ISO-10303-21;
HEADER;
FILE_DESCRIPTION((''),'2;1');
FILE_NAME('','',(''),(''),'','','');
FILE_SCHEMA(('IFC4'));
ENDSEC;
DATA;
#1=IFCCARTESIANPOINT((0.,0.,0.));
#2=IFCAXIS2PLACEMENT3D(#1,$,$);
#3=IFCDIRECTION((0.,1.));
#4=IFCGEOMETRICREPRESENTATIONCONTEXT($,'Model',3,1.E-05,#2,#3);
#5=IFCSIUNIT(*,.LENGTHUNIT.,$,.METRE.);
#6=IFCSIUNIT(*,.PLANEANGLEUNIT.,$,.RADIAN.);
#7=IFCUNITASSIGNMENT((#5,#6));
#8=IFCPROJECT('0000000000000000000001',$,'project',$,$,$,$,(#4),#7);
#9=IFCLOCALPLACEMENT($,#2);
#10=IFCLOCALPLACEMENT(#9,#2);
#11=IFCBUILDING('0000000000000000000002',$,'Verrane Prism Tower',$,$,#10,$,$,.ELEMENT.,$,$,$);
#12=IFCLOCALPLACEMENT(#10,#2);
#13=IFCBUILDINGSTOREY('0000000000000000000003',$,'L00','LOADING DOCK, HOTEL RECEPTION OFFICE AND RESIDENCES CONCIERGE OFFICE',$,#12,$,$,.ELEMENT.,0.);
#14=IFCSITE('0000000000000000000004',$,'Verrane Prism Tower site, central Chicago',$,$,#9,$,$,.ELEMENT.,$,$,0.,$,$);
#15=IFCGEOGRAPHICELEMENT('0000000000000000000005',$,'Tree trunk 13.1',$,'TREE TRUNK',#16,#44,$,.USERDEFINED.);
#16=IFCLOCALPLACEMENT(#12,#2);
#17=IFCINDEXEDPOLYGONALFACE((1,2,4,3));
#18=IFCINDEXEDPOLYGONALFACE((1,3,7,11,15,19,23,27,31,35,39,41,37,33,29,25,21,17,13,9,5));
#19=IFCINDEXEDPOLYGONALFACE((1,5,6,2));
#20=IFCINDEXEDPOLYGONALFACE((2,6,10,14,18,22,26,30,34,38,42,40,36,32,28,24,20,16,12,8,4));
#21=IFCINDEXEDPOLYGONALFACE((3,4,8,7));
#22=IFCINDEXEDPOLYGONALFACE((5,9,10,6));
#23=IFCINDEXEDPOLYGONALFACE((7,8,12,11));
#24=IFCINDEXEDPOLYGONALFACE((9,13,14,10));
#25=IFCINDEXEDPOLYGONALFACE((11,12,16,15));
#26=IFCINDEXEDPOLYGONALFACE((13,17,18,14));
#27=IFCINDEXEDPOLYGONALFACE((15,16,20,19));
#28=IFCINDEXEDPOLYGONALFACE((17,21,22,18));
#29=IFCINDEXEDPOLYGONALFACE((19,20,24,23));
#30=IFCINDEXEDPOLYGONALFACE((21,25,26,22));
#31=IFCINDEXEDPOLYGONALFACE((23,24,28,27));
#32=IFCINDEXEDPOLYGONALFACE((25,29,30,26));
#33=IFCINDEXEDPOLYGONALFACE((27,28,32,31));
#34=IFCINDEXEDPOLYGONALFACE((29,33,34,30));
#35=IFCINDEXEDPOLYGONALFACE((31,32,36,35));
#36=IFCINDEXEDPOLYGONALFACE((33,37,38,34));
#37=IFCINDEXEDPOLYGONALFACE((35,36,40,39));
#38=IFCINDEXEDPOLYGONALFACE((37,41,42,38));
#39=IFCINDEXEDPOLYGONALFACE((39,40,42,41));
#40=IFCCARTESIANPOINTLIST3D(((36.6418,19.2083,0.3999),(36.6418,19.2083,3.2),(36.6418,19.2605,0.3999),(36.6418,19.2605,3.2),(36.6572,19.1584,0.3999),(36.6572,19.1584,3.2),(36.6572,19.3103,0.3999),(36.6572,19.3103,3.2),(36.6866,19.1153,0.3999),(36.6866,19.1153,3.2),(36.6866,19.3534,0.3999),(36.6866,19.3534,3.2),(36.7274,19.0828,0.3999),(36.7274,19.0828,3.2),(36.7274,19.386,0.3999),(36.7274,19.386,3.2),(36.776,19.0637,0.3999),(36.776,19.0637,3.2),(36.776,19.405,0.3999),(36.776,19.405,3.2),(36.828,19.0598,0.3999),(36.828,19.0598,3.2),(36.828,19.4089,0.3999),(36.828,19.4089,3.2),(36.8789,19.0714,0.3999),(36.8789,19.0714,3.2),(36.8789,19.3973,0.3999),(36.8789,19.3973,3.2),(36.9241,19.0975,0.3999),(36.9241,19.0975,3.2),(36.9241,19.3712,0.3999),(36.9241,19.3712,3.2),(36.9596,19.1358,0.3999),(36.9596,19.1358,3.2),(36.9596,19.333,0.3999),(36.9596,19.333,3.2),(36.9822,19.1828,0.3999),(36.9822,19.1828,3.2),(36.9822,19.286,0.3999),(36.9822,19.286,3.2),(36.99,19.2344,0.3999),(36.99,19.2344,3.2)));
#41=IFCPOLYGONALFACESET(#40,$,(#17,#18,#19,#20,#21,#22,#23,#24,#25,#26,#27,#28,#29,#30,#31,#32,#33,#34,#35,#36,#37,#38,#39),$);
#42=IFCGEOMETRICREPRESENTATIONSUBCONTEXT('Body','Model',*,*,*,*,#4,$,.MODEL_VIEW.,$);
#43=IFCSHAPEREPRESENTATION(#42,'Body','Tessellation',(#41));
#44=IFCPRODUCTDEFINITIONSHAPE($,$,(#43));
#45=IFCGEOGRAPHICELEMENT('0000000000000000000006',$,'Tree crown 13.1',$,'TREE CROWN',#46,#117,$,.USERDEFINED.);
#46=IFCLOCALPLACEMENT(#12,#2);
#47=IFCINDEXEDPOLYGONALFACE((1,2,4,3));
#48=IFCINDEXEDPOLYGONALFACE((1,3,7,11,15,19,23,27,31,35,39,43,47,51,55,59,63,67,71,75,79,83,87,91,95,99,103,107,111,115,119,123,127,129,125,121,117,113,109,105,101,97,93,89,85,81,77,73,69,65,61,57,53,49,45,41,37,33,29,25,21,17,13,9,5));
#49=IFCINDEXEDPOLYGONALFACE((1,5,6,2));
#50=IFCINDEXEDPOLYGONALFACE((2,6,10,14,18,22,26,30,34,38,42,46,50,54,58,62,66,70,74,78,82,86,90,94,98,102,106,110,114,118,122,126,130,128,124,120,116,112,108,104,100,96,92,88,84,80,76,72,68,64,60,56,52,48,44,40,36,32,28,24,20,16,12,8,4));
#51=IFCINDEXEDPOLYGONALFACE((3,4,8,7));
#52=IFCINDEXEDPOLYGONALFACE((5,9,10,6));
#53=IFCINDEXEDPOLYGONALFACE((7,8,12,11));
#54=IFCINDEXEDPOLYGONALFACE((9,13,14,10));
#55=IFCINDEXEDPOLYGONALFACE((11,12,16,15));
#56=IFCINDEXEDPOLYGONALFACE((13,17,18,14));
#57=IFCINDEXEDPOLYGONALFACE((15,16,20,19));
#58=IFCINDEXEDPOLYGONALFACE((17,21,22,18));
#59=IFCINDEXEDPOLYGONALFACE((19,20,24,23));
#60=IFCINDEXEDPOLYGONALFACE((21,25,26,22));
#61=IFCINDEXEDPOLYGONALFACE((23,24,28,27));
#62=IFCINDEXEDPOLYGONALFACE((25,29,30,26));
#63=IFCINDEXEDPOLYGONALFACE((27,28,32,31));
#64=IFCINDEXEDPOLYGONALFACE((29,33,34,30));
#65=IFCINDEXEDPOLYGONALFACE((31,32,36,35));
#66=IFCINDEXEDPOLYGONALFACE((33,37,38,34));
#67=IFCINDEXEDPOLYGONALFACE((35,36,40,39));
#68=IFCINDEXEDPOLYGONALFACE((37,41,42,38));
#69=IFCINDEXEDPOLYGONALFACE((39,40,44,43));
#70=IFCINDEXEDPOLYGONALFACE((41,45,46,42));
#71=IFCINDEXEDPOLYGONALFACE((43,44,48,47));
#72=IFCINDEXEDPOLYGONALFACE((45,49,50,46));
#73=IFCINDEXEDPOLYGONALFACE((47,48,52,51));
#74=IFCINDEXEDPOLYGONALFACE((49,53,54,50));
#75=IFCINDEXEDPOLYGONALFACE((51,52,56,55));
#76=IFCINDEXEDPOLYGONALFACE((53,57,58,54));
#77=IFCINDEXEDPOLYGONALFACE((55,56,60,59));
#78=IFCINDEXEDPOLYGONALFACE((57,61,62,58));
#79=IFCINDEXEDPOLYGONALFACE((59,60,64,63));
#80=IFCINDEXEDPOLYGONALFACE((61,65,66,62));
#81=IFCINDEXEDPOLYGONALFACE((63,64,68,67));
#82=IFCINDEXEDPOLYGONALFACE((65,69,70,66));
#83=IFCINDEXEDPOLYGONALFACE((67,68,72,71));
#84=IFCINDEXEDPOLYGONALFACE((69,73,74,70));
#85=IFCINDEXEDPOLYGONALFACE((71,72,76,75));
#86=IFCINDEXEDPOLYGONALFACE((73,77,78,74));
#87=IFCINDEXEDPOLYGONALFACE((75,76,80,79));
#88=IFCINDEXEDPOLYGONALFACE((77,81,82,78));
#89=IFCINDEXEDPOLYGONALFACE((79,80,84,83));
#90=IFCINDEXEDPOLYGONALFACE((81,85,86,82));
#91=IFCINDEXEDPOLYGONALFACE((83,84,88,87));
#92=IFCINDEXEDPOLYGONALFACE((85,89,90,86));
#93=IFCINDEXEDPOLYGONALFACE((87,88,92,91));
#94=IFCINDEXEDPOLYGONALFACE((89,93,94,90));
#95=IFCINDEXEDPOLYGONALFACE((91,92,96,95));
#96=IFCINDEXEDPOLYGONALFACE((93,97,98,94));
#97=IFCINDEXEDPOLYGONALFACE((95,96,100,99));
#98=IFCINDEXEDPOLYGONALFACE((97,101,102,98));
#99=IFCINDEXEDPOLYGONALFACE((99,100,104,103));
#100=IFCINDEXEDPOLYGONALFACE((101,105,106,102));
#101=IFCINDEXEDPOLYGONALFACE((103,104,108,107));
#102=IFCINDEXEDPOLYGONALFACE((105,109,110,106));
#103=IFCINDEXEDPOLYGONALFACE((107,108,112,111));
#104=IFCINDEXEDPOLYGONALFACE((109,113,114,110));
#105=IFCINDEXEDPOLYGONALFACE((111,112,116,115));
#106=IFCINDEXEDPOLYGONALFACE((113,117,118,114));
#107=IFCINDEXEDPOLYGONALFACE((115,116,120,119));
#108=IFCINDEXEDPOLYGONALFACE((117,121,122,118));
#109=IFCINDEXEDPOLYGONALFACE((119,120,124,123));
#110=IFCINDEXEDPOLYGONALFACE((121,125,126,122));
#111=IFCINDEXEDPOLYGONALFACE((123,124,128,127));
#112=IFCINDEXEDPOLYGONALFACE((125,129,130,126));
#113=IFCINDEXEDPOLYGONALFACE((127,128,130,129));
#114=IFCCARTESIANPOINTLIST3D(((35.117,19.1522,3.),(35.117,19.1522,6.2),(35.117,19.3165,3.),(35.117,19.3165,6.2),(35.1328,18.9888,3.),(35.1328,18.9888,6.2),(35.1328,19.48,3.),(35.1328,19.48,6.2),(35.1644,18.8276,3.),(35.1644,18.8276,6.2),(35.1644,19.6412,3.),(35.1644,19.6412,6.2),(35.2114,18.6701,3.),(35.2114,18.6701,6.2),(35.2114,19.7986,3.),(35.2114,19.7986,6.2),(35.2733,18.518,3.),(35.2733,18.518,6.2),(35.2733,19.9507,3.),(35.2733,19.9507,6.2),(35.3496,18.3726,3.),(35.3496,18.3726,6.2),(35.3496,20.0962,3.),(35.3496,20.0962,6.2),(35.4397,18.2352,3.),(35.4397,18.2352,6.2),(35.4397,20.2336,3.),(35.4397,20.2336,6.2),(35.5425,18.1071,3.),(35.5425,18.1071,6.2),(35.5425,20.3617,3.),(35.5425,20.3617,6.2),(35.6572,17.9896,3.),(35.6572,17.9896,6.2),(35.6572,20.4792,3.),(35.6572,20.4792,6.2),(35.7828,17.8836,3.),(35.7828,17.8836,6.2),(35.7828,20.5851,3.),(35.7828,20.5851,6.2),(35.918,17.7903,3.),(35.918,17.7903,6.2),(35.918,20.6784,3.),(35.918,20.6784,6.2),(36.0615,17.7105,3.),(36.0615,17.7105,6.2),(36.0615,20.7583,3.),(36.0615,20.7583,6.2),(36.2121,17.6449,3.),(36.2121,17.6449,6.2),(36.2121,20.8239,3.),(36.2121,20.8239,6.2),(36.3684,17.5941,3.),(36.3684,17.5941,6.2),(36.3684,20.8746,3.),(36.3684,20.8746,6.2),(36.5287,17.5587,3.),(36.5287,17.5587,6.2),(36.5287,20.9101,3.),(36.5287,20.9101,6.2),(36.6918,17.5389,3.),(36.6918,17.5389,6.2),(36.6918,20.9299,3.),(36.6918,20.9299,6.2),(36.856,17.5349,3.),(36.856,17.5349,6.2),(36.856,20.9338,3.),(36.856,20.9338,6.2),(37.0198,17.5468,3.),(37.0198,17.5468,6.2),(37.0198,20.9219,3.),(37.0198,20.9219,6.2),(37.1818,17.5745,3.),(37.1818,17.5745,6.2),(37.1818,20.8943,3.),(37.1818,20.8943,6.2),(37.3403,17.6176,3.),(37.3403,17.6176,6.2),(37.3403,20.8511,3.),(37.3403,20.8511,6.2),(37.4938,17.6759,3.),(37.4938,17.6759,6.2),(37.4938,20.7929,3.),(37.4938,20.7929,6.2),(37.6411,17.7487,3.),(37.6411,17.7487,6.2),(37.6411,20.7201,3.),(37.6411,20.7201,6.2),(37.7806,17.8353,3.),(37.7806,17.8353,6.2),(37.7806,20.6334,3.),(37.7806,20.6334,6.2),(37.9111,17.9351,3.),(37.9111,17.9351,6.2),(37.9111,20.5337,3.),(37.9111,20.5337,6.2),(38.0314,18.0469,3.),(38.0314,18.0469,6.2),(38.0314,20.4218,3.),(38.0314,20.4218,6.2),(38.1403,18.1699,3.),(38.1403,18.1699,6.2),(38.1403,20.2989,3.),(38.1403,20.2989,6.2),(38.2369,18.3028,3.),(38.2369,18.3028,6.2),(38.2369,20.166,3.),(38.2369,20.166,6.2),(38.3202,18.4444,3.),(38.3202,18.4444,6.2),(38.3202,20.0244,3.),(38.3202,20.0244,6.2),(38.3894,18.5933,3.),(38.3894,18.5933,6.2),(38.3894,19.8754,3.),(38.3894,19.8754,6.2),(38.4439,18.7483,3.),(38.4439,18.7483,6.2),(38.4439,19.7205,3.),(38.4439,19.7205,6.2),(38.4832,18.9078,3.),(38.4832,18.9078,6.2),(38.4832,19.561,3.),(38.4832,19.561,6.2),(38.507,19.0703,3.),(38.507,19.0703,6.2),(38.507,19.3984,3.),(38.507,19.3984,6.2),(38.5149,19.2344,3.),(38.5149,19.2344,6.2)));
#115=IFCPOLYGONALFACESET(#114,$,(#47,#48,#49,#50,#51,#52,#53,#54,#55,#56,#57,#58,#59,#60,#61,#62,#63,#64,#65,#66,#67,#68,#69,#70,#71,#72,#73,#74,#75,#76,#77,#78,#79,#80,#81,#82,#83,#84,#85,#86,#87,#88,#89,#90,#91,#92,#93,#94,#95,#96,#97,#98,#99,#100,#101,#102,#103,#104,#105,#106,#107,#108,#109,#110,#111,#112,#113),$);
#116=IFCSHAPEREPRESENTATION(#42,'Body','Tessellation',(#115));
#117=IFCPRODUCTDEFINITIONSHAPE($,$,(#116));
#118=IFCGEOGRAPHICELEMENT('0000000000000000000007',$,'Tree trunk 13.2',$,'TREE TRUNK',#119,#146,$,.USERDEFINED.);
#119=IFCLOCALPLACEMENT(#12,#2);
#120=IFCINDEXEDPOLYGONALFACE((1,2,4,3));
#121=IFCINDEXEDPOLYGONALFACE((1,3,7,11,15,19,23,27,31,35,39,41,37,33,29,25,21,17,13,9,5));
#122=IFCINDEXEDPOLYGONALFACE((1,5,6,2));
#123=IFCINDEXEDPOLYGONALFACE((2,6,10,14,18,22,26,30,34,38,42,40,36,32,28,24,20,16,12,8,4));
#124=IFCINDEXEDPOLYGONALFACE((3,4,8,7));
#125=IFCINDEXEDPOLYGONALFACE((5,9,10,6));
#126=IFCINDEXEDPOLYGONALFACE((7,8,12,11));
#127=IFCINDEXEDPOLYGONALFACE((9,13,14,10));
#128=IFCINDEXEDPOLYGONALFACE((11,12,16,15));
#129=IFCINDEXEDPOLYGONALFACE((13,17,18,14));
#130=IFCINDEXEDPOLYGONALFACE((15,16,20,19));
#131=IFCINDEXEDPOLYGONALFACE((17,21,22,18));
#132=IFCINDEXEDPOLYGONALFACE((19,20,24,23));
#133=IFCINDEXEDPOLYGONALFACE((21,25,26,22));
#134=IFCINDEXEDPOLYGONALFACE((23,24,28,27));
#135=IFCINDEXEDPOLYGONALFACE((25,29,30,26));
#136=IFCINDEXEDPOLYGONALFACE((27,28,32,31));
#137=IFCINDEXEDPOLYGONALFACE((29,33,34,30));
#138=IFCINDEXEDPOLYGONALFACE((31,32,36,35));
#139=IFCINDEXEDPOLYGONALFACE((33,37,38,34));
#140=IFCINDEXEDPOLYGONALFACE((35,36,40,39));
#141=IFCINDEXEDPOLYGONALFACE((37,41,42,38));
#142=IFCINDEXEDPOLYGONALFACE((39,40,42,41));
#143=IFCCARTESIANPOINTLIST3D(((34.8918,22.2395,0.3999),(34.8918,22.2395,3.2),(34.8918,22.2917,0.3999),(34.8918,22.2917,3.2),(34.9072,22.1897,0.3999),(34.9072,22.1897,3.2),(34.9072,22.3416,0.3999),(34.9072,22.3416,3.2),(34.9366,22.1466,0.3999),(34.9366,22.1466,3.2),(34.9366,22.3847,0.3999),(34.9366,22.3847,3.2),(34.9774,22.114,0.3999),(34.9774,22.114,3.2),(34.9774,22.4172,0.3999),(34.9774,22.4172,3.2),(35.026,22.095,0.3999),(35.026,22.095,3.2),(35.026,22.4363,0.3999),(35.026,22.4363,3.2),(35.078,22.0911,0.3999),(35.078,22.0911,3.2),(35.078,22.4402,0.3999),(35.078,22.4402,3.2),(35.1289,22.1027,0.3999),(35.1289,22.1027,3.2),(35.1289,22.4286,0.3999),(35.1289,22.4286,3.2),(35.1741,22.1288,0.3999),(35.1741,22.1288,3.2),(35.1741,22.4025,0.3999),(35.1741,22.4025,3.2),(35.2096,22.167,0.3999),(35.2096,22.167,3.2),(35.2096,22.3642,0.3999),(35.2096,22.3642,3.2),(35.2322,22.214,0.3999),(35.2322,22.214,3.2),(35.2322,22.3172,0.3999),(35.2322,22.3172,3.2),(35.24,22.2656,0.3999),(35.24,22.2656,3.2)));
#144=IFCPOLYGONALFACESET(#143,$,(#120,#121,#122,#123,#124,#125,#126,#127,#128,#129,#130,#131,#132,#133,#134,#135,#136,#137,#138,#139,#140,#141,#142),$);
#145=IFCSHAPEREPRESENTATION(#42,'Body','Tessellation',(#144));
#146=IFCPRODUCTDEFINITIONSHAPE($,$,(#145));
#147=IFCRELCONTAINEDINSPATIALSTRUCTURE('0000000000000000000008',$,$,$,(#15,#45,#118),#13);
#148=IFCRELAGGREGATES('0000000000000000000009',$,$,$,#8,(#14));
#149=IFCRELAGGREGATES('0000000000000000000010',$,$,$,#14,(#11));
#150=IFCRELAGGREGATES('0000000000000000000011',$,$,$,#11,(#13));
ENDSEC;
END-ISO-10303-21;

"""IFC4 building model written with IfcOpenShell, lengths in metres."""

from ifc_helpers import new_model, si_unit, direction, frame, origin, origin_2d, place, context, subcontext, project, spatial, circle, extrude, element, save


model = new_model("IFC4")

# Units and contexts
model_context = context("Model", 3, precision=1e-05, world=origin(), true_north=direction((0.0, 1.0)))
body_context = subcontext(model_context, "Body", "Model", "MODEL_VIEW")
ifc_project = project(units=[si_unit("LENGTHUNIT", "METRE"), si_unit("PLANEANGLEUNIT", "RADIAN")], contexts=[model_context])

# Site, building, storey
site_placement = place(None, origin())
site = spatial("IfcSite", under=ifc_project, at=site_placement, Name="Verrane Prism Tower site, central Chicago", CompositionType="ELEMENT", RefElevation=0.0)
building_placement = place(site_placement, origin())
building = spatial("IfcBuilding", under=site, at=building_placement, Name="Verrane Prism Tower", CompositionType="ELEMENT")
storey_placement = place(building_placement, origin())
storey = spatial("IfcBuildingStorey", under=building, at=storey_placement, Name="L00", Description="LOADING DOCK, HOTEL RECEPTION OFFICE AND RESIDENCES CONCIERGE OFFICE", CompositionType="ELEMENT", Elevation=0.0)

# Geographic elements
geographic_element_1_placement = place(storey_placement, frame((36.8149, 19.2344, 3.2), z_axis=(0.0, 0.0, -1.0), x_axis=(1.0, 0.0, 0.0)))
element("IfcGeographicElement", 1, at=geographic_element_1_placement, inside=storey, Name="Tree trunk 13.1", ObjectType="TREE TRUNK", PredefinedType="USERDEFINED", context=body_context, shape_type="SweptSolid", body=[
    extrude(circle(Radius=0.175, at=origin_2d()), origin(), (0.0, 0.0, 1.0), 2.8),
])
geographic_element_2_placement = place(storey_placement, frame((36.8149, 19.2344, 6.2), z_axis=(0.0, 0.0, -1.0), x_axis=(1.0, 0.0, 0.0)))
element("IfcGeographicElement", 2, at=geographic_element_2_placement, inside=storey, Name="Tree crown 13.1", ObjectType="TREE CROWN", PredefinedType="USERDEFINED", context=body_context, shape_type="SweptSolid", body=[
    extrude(circle(Radius=1.7, at=origin_2d()), origin(), (0.0, 0.0, 1.0), 3.2),
])
geographic_element_3_placement = place(storey_placement, frame((35.0649, 22.2656, 3.2), z_axis=(0.0, 0.0, -1.0), x_axis=(1.0, 0.0, 0.0)))
element("IfcGeographicElement", 3, at=geographic_element_3_placement, inside=storey, Name="Tree trunk 13.2", ObjectType="TREE TRUNK", PredefinedType="USERDEFINED", context=body_context, shape_type="SweptSolid", body=[
    extrude(circle(Radius=0.175, at=origin_2d()), origin(), (0.0, 0.0, 1.0), 2.8),
])

save(model, "model.ifc")
